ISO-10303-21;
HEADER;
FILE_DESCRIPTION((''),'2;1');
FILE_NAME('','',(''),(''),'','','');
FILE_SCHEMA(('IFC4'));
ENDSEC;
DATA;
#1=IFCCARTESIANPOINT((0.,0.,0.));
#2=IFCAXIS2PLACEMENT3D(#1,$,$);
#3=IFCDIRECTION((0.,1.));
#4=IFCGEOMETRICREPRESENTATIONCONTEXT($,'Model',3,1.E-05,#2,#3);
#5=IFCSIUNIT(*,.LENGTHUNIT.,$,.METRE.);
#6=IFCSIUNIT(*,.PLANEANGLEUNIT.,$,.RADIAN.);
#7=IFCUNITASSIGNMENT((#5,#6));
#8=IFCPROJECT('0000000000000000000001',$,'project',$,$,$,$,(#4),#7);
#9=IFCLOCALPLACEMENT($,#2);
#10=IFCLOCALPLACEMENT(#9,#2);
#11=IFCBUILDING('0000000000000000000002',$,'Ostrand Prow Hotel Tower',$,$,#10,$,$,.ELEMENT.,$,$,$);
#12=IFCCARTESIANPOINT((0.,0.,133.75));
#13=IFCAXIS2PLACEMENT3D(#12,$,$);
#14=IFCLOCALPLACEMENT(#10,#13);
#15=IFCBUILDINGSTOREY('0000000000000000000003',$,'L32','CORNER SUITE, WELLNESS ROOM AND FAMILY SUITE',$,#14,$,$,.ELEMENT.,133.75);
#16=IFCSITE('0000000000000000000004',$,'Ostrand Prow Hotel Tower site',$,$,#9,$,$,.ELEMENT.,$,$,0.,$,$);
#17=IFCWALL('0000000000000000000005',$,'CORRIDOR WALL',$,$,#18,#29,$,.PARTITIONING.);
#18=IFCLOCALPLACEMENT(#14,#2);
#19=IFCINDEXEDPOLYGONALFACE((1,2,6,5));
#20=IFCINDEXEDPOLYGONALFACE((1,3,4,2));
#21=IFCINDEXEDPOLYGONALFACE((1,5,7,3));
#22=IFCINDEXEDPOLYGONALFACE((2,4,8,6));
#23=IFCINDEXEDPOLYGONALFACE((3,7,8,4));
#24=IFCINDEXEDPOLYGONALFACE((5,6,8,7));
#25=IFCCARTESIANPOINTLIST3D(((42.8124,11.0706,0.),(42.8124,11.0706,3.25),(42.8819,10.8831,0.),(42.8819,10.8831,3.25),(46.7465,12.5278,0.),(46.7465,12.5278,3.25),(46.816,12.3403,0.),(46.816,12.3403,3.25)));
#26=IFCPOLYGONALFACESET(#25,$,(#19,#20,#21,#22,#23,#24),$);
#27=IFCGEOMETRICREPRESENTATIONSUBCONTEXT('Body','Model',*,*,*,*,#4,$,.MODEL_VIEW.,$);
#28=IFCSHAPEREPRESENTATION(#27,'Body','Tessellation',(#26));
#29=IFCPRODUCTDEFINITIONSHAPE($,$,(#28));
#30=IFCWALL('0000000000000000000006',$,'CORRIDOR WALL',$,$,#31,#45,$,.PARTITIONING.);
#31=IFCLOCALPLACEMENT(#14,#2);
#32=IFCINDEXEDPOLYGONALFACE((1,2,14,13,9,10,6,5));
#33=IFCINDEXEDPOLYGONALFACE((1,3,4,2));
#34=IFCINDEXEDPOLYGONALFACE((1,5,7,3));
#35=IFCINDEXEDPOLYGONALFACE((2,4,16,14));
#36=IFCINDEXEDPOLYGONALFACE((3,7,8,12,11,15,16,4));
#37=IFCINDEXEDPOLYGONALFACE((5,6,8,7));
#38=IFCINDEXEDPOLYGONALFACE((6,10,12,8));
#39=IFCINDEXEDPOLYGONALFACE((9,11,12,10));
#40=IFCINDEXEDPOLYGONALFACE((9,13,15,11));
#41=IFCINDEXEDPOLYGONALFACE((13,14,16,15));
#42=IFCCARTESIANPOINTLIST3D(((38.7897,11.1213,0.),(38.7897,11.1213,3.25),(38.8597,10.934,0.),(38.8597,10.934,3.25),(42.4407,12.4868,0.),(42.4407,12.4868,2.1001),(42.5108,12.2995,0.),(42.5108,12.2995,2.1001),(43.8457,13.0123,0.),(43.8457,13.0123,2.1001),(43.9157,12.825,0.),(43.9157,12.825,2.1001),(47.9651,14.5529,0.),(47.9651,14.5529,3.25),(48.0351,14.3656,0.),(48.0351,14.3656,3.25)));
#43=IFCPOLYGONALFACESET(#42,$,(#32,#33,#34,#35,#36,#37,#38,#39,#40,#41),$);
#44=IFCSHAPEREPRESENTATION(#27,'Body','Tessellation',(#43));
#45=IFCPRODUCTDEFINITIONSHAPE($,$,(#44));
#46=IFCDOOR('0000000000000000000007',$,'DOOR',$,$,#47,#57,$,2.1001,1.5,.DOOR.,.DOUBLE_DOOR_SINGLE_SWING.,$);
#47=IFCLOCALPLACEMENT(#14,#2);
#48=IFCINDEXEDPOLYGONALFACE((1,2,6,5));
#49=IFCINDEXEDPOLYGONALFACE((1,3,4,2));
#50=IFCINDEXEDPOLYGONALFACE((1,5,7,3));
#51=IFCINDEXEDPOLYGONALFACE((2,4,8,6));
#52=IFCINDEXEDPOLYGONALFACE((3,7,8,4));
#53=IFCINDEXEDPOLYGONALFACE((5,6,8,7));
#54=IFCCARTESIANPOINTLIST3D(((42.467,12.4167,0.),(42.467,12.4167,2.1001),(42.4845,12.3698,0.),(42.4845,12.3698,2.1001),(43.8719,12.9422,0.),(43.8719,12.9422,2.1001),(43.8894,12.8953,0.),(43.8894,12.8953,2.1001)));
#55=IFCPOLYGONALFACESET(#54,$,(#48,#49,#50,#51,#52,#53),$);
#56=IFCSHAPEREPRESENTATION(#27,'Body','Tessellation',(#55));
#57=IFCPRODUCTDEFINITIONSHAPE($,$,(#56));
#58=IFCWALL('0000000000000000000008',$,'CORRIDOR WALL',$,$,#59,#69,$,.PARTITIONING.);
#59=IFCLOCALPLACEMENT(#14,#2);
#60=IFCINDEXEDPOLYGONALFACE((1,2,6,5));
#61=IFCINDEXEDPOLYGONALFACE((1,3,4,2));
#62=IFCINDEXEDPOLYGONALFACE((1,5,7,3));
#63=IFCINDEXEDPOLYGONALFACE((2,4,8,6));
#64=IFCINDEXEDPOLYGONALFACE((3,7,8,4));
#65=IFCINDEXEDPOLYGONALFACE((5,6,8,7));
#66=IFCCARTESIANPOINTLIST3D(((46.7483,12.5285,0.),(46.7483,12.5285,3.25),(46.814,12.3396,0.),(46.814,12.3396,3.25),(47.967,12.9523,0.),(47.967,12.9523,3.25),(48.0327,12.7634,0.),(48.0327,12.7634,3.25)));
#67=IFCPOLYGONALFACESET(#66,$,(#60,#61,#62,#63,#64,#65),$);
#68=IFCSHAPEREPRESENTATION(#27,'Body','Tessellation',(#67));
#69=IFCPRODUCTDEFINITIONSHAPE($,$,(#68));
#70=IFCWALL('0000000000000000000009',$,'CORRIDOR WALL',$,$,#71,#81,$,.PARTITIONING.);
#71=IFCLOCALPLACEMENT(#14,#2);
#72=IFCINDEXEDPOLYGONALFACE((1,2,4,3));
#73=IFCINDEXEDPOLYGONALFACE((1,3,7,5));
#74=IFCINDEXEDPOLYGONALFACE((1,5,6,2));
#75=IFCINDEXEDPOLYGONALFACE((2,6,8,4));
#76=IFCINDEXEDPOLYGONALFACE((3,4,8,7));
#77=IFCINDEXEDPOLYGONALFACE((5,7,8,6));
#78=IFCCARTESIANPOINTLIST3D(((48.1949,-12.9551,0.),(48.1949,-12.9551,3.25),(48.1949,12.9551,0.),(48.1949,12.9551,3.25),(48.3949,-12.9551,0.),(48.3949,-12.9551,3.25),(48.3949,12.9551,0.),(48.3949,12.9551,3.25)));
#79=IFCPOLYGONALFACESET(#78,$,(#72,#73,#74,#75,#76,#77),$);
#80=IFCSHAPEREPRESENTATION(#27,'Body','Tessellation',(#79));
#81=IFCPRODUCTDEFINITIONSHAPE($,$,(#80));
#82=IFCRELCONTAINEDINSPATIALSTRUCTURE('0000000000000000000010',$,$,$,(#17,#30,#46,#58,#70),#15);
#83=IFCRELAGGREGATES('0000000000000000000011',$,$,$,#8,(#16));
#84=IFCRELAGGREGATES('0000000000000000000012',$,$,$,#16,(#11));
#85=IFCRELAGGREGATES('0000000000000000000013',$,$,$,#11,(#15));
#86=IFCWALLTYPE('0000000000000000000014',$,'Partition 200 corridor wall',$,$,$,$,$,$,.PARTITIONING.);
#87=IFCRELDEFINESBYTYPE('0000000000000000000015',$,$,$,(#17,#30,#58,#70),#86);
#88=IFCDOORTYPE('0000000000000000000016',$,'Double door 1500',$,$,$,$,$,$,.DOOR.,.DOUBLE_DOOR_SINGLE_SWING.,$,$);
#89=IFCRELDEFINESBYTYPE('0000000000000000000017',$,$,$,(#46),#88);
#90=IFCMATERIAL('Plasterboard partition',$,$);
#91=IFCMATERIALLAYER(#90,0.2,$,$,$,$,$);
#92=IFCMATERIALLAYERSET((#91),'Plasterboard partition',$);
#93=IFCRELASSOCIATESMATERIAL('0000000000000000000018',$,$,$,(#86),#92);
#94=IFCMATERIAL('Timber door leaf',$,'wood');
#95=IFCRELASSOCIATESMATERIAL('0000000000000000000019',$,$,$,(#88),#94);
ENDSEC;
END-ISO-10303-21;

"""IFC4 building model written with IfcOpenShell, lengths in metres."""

from ifc_helpers import new_model, si_unit, direction, frame, frame_2d, origin, place, context, subcontext, project, spatial, rectangle, extrude, material, layer, layer_set, type_object, element, fill, save


model = new_model("IFC4")

# Units and contexts
model_context = context("Model", 3, precision=1e-05, world=origin(), true_north=direction((0.0, 1.0)))
body_context = subcontext(model_context, "Body", "Model", "MODEL_VIEW")
ifc_project = project(units=[si_unit("LENGTHUNIT", "METRE"), si_unit("PLANEANGLEUNIT", "RADIAN")], contexts=[model_context])

# Site, building, storey
site_placement = place(None, origin())
site = spatial("IfcSite", under=ifc_project, at=site_placement, Name="Ostrand Prow Hotel Tower site", CompositionType="ELEMENT", RefElevation=0.0)
building_placement = place(site_placement, origin())
building = spatial("IfcBuilding", under=site, at=building_placement, Name="Ostrand Prow Hotel Tower", CompositionType="ELEMENT")
storey_placement = place(building_placement, frame((0.0, 0.0, 133.75)))
storey = spatial("IfcBuildingStorey", under=building, at=storey_placement, Name="L32", Description="CORNER SUITE, WELLNESS ROOM AND FAMILY SUITE", CompositionType="ELEMENT", Elevation=133.75)

# Wall
ifc_material_1 = material(Name="Plasterboard partition")
ifc_layer_1 = layer(ifc_material_1, 0.2)
ifc_layer_set_1 = layer_set([ifc_layer_1], Name="Plasterboard partition")
wall_type_1 = type_object("IfcWallType", Name="Partition 200 corridor wall", PredefinedType="PARTITIONING", material=ifc_layer_set_1)
wall_1_placement = place(storey_placement, frame((42.8472, 10.9768, 0.0), z_axis=(0.0, 0.0, 1.0), x_axis=(0.937733, 0.347358, 0.0)))
element("IfcWall", 1, at=wall_1_placement, inside=storey, type_object=wall_type_1, Name="CORRIDOR WALL", PredefinedType="PARTITIONING", context=body_context, shape_type="SweptSolid", body=[
    extrude(rectangle(XDim=4.1953, YDim=0.2, at=frame_2d((2.0977, 0.0))), origin(), (0.0, 0.0, 1.0), 3.25),
])

# Wall, opening, door
wall_2_placement = place(storey_placement, frame((48.0, 14.4592, 0.0), z_axis=(0.0, 0.0, 1.0), x_axis=(-0.936637, -0.350301, 0.0)))
wall_2 = element("IfcWall", 2, at=wall_2_placement, inside=storey, type_object=wall_type_1, Name="CORRIDOR WALL", PredefinedType="PARTITIONING", context=body_context, shape_type="SweptSolid", body=[
    extrude(rectangle(XDim=9.7961, YDim=0.2, at=frame_2d((4.8979, 0.0))), origin(), (0.0, 0.0, 1.0), 3.25),
])
opening_1_placement = place(wall_2_placement, frame((4.3979, 0.0, 0.0)))
opening_1 = element("IfcOpeningElement", 3, at=opening_1_placement, cuts=wall_2, PredefinedType="OPENING", context=body_context, shape_type="SweptSolid", body=[
    extrude(rectangle(XDim=1.5, YDim=2.1001, at=frame_2d((0.75, 1.05))), frame((0.0, 0.1099, 0.0), z_axis=(0.0, -1.0, 0.0), x_axis=(1.0, 0.0, 0.0)), (0.0, 0.0, 1.0), 0.22),
])
ifc_material_2 = material(Name="Timber door leaf", Category="wood")
door_type_1 = type_object("IfcDoorType", Name="Double door 1500", OperationType="DOUBLE_DOOR_SINGLE_SWING", PredefinedType="DOOR", material=ifc_material_2)
door_1_placement = place(opening_1_placement, origin())
door_1 = element("IfcDoor", 4, at=door_1_placement, inside=storey, type_object=door_type_1, Name="DOOR", OperationType="DOUBLE_DOOR_SINGLE_SWING", OverallHeight=2.1001, OverallWidth=1.5, PredefinedType="DOOR", context=body_context, shape_type="SweptSolid", body=[
    extrude(rectangle(XDim=1.5, YDim=2.1001, at=frame_2d((0.75, 1.05))), frame((0.0, 0.0249, 0.0), z_axis=(0.0, -1.0, 0.0), x_axis=(1.0, 0.0, 0.0)), (0.0, 0.0, 1.0), 0.05),
])
fill(opening_1, door_1)

# Walls
wall_3_placement = place(storey_placement, frame((46.7812, 12.4341, 0.0), z_axis=(0.0, 0.0, 1.0), x_axis=(0.944517, 0.328462, 0.0)))
element("IfcWall", 5, at=wall_3_placement, inside=storey, type_object=wall_type_1, Name="CORRIDOR WALL", PredefinedType="PARTITIONING", context=body_context, shape_type="SweptSolid", body=[
    extrude(rectangle(XDim=1.2903, YDim=0.2, at=frame_2d((0.645, 0.0))), origin(), (0.0, 0.0, 1.0), 3.25),
])
wall_4_placement = place(storey_placement, frame((48.2949, 12.9551, 0.0), z_axis=(0.0, 0.0, 1.0), x_axis=(0.0, -1.0, 0.0)))
element("IfcWall", 6, at=wall_4_placement, inside=storey, type_object=wall_type_1, Name="CORRIDOR WALL", PredefinedType="PARTITIONING", context=body_context, shape_type="SweptSolid", body=[
    extrude(rectangle(XDim=25.9102, YDim=0.2, at=frame_2d((12.9551, 0.0))), origin(), (0.0, 0.0, 1.0), 3.25),
])

save(model, "model.ifc")
